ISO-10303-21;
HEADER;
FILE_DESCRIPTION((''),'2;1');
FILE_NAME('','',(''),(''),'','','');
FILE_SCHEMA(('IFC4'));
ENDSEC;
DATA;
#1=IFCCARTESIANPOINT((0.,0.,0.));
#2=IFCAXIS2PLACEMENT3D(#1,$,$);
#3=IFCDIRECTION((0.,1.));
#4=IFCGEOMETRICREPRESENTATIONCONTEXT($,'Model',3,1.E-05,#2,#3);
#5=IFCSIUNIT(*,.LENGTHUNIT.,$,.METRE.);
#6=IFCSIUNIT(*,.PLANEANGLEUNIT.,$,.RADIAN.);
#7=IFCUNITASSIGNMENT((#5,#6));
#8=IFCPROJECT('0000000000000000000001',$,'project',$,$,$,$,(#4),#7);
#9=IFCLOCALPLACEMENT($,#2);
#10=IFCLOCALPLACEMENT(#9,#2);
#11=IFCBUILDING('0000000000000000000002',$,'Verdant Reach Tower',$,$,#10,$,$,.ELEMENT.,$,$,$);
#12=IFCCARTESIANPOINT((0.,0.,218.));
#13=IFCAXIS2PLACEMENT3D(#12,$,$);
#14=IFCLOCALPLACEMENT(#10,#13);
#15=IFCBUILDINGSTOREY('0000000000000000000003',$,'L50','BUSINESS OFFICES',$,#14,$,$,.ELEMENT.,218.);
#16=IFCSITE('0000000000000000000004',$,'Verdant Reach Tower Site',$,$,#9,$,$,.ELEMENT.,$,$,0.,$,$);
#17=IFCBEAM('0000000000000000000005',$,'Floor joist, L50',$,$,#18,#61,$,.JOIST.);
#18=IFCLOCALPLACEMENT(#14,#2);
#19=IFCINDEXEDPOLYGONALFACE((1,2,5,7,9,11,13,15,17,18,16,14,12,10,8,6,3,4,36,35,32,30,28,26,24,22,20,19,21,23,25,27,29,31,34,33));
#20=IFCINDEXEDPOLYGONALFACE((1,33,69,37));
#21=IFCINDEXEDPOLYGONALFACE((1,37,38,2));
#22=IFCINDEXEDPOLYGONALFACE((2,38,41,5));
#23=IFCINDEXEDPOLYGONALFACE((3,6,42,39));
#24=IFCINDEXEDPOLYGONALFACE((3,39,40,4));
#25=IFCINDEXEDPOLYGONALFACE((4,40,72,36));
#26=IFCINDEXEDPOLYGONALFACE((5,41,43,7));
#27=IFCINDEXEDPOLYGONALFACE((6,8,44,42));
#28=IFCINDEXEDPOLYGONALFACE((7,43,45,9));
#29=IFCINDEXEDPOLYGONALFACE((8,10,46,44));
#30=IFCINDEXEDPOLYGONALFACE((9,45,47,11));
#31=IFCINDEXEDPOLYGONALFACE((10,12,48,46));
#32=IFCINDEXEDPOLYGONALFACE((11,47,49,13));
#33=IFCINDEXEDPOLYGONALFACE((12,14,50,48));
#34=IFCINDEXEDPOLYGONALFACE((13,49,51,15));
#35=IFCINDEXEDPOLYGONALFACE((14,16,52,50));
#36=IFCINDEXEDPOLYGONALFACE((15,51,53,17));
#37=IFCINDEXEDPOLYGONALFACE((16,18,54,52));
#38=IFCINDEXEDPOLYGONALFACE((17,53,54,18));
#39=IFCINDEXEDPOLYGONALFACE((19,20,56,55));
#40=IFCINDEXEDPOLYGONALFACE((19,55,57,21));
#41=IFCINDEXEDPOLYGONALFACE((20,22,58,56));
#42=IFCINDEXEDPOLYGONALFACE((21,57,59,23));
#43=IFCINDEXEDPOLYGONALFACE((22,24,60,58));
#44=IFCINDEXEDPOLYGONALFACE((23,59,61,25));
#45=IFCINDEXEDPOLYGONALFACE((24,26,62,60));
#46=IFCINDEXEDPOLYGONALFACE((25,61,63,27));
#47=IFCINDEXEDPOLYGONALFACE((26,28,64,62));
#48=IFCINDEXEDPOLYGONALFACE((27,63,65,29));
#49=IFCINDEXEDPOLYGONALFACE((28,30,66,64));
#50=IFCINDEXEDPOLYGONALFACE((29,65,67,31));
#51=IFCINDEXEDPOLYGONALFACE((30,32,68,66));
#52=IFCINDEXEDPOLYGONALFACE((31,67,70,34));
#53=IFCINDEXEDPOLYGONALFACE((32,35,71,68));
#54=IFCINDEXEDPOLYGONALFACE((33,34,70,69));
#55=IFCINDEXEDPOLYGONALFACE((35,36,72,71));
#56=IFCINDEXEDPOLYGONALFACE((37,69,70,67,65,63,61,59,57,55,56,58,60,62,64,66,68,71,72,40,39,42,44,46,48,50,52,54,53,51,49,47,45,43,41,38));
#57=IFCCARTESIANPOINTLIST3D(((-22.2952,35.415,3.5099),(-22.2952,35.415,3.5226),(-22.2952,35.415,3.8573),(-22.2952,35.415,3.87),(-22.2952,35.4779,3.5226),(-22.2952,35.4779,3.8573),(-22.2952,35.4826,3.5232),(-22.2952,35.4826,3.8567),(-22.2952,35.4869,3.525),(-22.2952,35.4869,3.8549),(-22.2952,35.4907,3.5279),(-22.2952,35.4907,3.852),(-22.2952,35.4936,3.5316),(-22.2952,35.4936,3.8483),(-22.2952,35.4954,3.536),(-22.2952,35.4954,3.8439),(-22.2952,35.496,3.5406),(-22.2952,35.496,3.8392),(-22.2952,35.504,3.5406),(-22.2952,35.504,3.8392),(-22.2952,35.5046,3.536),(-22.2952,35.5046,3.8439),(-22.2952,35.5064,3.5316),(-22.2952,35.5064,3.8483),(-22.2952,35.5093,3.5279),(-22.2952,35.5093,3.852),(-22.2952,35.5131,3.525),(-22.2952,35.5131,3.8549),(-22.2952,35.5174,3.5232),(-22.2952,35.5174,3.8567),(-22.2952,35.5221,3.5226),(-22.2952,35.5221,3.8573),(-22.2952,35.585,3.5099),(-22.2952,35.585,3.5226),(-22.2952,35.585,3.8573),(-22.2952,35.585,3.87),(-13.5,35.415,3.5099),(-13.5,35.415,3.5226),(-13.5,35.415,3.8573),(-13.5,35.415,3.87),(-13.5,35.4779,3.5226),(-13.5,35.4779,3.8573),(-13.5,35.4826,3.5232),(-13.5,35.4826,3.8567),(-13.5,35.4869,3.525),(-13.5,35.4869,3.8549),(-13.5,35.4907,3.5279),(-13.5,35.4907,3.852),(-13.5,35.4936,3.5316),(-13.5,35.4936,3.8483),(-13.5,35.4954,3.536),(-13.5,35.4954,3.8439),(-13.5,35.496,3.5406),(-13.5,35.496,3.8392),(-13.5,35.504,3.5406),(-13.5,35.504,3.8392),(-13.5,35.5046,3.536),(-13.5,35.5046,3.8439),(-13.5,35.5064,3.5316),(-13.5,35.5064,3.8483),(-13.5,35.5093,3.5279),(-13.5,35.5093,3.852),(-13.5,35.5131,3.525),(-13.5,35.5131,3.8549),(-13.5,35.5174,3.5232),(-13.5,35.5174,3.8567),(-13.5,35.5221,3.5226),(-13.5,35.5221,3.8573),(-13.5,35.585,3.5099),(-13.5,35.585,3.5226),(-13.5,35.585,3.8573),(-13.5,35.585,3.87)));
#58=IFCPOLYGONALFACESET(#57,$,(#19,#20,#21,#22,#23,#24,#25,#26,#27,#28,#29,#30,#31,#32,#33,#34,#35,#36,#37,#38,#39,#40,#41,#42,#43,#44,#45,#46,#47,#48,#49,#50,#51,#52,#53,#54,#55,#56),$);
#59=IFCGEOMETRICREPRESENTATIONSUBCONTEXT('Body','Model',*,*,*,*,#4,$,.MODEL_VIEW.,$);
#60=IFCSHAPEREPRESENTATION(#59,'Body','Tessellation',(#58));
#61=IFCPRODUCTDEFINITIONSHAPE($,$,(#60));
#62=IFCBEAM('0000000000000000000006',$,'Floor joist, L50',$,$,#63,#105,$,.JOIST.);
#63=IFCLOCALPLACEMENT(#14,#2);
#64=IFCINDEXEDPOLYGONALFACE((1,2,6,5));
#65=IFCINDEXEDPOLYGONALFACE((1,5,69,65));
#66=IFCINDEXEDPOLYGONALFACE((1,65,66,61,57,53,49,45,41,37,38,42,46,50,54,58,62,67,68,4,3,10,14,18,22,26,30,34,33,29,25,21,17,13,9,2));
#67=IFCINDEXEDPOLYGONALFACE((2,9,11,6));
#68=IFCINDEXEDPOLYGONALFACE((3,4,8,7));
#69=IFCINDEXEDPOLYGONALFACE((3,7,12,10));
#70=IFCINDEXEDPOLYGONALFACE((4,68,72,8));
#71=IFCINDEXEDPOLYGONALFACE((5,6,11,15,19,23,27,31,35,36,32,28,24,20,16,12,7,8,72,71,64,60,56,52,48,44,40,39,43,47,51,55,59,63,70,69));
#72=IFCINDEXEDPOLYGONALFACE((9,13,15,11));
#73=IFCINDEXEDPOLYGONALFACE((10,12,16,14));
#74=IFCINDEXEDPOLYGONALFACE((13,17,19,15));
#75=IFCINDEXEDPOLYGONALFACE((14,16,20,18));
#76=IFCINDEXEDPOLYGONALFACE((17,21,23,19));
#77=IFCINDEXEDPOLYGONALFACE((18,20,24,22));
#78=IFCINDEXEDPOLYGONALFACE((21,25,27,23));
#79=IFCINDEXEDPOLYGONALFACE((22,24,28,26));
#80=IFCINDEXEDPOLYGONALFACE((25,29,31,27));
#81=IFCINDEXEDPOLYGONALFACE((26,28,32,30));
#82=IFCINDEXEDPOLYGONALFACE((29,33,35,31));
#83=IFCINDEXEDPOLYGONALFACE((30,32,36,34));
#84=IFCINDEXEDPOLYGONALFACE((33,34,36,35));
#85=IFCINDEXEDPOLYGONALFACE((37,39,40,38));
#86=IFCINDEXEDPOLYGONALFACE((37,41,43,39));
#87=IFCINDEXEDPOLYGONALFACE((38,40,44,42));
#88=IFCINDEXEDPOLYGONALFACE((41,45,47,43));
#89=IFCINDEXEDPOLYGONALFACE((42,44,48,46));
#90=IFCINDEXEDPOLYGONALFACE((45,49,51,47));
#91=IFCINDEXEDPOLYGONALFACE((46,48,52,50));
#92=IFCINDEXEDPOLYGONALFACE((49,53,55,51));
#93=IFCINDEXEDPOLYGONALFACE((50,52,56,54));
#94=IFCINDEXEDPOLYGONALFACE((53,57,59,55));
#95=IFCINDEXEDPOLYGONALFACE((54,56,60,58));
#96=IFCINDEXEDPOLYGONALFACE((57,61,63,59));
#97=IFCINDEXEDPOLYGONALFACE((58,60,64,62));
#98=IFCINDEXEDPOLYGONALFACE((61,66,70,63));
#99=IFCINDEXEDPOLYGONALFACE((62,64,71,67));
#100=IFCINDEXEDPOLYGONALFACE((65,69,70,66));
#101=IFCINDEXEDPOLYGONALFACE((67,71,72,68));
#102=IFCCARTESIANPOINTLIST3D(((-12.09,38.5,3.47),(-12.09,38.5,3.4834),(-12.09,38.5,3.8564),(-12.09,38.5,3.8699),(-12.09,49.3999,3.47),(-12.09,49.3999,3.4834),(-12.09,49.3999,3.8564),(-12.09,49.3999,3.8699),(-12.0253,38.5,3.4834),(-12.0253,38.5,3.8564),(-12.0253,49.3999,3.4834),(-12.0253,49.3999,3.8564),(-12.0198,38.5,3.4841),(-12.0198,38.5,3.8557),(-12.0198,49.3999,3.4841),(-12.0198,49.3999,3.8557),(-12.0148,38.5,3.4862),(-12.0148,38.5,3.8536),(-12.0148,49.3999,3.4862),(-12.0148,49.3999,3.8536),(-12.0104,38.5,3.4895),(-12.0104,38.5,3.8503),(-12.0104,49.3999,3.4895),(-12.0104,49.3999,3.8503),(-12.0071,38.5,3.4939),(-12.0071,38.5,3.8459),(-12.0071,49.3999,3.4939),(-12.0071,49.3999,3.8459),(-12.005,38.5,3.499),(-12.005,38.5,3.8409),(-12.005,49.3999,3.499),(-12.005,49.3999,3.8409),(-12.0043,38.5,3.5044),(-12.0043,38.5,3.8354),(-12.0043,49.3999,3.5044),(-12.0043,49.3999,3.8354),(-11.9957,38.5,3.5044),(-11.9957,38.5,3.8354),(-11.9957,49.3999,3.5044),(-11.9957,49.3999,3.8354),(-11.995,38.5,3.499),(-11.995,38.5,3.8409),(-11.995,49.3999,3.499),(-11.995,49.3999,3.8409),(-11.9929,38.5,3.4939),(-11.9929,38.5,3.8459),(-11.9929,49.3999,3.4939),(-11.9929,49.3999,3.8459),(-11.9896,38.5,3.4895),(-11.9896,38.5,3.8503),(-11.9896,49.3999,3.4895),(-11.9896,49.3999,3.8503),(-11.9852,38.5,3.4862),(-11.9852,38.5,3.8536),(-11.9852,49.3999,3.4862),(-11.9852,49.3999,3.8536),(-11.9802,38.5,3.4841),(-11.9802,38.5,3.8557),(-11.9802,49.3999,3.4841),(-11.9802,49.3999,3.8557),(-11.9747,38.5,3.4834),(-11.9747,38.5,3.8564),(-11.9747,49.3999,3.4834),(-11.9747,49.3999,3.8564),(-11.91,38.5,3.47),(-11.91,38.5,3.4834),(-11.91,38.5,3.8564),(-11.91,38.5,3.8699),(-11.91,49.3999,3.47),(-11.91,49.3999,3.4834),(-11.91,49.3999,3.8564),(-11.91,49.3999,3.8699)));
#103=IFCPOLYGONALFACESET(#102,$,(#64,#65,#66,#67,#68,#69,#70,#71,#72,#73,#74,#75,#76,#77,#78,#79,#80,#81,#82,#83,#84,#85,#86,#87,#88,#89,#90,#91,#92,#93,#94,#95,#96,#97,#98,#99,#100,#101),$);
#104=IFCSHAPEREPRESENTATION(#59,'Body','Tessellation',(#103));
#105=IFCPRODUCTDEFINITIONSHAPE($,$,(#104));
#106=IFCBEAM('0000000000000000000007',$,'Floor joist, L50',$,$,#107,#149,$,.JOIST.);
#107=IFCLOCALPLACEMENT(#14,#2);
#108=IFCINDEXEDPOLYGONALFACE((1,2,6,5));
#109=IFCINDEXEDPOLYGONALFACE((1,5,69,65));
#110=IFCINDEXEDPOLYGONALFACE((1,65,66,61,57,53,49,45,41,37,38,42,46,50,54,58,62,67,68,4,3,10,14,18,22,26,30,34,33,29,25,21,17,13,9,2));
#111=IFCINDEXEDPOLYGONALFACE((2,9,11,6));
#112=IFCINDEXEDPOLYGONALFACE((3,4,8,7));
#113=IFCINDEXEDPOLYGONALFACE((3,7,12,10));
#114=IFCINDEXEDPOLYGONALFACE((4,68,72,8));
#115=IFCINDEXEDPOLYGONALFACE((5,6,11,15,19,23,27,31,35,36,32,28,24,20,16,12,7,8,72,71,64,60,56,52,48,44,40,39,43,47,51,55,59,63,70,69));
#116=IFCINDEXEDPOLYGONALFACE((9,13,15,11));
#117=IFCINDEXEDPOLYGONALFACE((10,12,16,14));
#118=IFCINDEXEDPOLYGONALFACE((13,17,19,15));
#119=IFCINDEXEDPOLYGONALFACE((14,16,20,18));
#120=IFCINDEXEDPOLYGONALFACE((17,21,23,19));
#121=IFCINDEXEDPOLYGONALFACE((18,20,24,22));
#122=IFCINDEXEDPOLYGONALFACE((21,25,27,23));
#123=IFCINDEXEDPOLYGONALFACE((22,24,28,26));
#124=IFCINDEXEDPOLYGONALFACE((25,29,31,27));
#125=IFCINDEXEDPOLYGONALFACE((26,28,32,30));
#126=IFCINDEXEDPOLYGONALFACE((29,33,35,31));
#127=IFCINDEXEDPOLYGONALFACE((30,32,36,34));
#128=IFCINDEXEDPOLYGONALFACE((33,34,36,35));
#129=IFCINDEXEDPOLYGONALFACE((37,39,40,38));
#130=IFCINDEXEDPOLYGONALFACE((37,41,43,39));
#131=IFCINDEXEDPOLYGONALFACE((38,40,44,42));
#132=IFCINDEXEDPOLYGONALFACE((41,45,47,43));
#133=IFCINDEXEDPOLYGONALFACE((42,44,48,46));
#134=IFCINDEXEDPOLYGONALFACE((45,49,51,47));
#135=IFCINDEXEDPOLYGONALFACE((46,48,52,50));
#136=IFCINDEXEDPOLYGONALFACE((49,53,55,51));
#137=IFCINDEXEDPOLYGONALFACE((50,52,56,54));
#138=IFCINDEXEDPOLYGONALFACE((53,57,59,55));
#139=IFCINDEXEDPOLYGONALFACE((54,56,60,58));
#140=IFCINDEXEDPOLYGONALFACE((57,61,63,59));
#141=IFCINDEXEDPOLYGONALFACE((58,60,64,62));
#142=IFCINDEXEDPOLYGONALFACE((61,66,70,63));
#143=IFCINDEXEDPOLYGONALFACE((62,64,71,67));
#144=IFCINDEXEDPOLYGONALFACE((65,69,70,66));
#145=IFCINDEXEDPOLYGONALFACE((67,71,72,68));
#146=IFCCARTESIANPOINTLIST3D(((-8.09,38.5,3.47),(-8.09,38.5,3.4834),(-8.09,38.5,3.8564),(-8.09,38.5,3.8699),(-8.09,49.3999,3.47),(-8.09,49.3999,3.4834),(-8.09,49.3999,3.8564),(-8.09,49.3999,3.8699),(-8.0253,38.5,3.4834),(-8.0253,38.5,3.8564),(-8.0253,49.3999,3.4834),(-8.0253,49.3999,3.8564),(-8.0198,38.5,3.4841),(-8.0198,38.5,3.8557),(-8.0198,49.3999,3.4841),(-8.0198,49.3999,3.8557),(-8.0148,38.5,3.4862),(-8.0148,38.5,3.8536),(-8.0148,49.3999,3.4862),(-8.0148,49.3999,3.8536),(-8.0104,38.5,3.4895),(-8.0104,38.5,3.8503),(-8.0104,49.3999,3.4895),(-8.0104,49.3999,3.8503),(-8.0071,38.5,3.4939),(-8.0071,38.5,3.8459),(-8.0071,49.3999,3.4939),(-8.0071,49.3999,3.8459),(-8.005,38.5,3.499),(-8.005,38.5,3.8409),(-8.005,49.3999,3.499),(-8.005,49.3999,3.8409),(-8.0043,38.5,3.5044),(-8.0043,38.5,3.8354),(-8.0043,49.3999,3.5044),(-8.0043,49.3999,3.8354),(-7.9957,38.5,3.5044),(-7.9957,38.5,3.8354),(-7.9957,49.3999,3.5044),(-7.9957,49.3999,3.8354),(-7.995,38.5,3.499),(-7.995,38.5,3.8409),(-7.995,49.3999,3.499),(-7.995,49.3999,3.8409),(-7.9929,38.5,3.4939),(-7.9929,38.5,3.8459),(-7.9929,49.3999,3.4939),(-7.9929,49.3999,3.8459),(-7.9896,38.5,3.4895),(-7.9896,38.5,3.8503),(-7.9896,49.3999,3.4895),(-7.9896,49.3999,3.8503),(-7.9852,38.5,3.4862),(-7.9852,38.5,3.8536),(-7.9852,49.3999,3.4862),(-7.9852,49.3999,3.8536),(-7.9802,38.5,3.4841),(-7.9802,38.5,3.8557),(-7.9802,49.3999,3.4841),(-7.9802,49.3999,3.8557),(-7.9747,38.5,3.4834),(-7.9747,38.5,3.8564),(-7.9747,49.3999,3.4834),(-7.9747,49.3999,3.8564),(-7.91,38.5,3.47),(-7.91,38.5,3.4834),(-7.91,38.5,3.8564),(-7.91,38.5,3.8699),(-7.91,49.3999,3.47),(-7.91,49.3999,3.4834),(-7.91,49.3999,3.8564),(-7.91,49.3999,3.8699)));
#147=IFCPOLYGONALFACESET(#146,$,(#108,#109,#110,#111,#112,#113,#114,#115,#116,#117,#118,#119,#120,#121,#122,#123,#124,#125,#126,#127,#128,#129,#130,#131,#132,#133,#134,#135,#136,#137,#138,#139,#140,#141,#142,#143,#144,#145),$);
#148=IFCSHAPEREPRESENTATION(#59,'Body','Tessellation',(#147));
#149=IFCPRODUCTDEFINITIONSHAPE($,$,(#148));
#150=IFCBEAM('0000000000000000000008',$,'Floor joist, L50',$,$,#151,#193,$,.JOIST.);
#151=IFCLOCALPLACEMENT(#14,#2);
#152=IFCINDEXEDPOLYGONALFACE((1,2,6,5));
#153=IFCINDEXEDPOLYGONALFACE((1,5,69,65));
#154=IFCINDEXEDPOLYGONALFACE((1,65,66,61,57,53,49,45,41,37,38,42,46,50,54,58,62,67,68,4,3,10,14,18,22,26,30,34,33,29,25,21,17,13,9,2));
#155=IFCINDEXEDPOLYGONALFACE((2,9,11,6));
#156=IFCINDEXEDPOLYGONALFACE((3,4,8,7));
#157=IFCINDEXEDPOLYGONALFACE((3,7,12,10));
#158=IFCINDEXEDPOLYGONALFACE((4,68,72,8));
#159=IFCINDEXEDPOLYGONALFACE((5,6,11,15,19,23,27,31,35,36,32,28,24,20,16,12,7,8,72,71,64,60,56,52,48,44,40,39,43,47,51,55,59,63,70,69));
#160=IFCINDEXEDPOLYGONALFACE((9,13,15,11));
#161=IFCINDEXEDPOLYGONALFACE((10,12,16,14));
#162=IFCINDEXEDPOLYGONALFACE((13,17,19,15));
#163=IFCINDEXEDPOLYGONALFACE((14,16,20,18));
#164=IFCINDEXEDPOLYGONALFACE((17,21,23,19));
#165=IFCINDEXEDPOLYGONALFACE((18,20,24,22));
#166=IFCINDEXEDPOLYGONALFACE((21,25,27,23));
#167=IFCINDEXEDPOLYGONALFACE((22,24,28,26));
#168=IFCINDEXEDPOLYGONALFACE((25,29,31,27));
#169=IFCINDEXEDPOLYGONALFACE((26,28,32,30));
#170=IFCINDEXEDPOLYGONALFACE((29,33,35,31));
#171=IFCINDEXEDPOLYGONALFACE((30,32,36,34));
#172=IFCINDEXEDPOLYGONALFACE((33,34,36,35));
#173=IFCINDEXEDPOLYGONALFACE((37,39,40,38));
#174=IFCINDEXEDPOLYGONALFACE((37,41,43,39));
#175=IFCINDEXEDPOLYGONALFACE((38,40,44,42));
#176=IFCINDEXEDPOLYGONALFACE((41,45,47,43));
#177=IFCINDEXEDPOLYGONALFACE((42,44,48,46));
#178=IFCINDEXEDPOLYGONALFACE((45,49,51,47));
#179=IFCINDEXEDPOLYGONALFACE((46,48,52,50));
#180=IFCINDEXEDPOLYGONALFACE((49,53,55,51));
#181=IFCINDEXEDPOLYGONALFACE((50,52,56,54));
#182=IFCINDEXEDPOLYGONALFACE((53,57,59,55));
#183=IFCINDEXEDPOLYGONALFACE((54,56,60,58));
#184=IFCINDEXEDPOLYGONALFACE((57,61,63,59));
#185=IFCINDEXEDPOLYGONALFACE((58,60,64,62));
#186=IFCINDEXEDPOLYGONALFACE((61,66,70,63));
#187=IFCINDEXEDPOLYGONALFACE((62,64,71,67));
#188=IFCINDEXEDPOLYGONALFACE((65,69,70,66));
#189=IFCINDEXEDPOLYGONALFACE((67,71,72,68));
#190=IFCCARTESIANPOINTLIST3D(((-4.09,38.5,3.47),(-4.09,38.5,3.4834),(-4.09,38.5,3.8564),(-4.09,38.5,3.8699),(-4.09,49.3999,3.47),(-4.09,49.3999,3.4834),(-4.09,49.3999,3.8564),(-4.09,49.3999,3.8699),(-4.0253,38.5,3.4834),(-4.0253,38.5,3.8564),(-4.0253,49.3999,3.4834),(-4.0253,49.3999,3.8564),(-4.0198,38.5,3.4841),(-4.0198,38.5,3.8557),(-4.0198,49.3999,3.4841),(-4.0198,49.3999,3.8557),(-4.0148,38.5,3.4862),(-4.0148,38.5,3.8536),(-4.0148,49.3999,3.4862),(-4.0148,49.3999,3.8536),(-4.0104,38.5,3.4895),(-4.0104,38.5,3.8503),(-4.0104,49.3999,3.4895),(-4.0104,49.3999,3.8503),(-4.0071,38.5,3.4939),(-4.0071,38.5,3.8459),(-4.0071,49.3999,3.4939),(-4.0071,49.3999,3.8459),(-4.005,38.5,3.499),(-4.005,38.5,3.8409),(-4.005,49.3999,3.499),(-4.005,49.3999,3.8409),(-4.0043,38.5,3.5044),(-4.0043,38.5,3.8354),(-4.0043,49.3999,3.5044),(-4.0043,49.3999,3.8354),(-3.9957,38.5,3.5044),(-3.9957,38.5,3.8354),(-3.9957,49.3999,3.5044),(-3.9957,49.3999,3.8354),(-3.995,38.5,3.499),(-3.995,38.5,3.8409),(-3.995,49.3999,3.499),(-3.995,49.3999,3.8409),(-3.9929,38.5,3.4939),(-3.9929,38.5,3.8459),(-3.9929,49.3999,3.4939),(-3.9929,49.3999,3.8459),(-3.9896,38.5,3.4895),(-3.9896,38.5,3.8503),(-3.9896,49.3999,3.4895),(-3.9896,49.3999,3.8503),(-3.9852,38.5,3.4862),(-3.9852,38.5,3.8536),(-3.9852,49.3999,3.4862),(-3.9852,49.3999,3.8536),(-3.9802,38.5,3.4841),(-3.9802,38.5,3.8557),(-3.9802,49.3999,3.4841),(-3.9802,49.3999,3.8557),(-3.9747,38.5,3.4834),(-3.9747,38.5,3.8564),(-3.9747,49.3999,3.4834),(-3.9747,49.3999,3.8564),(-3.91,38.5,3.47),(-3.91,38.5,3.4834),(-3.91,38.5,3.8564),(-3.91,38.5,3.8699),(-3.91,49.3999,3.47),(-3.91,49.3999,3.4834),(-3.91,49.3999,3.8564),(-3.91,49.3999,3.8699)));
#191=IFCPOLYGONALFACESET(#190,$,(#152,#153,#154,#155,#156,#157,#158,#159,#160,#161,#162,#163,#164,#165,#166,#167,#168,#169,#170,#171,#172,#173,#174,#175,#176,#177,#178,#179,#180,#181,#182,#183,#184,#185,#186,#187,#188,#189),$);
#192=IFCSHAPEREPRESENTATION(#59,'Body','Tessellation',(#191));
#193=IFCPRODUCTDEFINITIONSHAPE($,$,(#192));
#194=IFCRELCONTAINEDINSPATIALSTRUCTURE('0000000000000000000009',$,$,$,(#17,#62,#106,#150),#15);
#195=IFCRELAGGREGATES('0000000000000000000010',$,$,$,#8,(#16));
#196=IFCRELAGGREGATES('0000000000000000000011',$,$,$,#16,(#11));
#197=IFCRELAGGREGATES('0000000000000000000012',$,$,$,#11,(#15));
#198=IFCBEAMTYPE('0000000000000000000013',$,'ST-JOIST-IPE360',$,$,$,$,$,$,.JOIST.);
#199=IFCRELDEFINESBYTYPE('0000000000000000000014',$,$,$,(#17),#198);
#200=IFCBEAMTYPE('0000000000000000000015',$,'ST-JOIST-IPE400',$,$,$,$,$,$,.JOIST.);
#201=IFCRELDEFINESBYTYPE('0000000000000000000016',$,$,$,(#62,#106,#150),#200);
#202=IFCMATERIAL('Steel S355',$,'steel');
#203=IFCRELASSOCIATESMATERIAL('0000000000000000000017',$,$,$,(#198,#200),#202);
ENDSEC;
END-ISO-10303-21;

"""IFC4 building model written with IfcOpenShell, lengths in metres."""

from ifc_helpers import new_model, si_unit, direction, frame, origin, origin_2d, place, context, subcontext, project, spatial, i_section, extrude, material, material_profile, profile_set, type_object, element, save


model = new_model("IFC4")

# Units and contexts
model_context = context("Model", 3, precision=1e-05, world=origin(), true_north=direction((0.0, 1.0)))
body_context = subcontext(model_context, "Body", "Model", "MODEL_VIEW")
ifc_project = project(units=[si_unit("LENGTHUNIT", "METRE"), si_unit("PLANEANGLEUNIT", "RADIAN")], contexts=[model_context])

# Site, building, storey
site_placement = place(None, origin())
site = spatial("IfcSite", under=ifc_project, at=site_placement, Name="Verdant Reach Tower Site", CompositionType="ELEMENT", RefElevation=0.0)
building_placement = place(site_placement, origin())
building = spatial("IfcBuilding", under=site, at=building_placement, Name="Verdant Reach Tower", CompositionType="ELEMENT")
storey_placement = place(building_placement, frame((0.0, 0.0, 218.0)))
storey = spatial("IfcBuildingStorey", under=building, at=storey_placement, Name="L50", Description="BUSINESS OFFICES", CompositionType="ELEMENT", Elevation=218.0)

# Beams
ifc_material_1 = material(Name="Steel S355", Category="steel")
ifc_material_profile_1 = material_profile(ifc_material_1, i_section(OverallWidth=0.1699, OverallDepth=0.3601, WebThickness=0.0081, FlangeThickness=0.0127, FilletRadius=0.0181, at=origin_2d()), Name="IPE 360")
ifc_profile_set_1 = profile_set([ifc_material_profile_1], Name="Steel S355")
beam_type_1 = type_object("IfcBeamType", Name="ST-JOIST-IPE360", PredefinedType="JOIST", material=ifc_profile_set_1)
beam_1_placement = place(storey_placement, frame((-13.5, 35.5, 3.6899), z_axis=(-1.0, 0.0, 0.0), x_axis=(0.0, -1.0, 0.0)))
element("IfcBeam", 1, at=beam_1_placement, inside=storey, type_object=beam_type_1, Name="Floor joist, L50", PredefinedType="JOIST", context=body_context, shape_type="SweptSolid", body=[
    extrude(i_section(OverallWidth=0.1699, OverallDepth=0.3601, WebThickness=0.0081, FlangeThickness=0.0127, FilletRadius=0.0181, at=origin_2d()), origin(), (0.0, 0.0, 1.0), 8.7952),
])
ifc_material_profile_2 = material_profile(ifc_material_1, i_section(OverallWidth=0.1799, OverallDepth=0.3999, WebThickness=0.0085, FlangeThickness=0.0134, FilletRadius=0.021, at=origin_2d()), Name="IPE 400")
ifc_profile_set_2 = profile_set([ifc_material_profile_2], Name="Steel S355")
beam_type_2 = type_object("IfcBeamType", Name="ST-JOIST-IPE400", PredefinedType="JOIST", material=ifc_profile_set_2)
for number, where, z_axis, x_axis, name in (
    (2, (-12.0, 38.5, 3.6699), (0.0, 1.0, 0.0), (-1.0, 0.0, 0.0), "Floor joist, L50"),
    (3, (-8.0, 38.5, 3.6699), (0.0, 1.0, 0.0), (-1.0, 0.0, 0.0), "Floor joist, L50"),
    (4, (-4.0, 38.5, 3.6699), (0.0, 1.0, 0.0), (-1.0, 0.0, 0.0), "Floor joist, L50"),
):
    element("IfcBeam", number, at=place(storey_placement, frame(where, z_axis=z_axis, x_axis=x_axis)), inside=storey, type_object=beam_type_2, Name=name, PredefinedType="JOIST", context=body_context, shape_type="SweptSolid", body=[
        extrude(i_section(OverallWidth=0.1799, OverallDepth=0.3999, WebThickness=0.0085, FlangeThickness=0.0134, FilletRadius=0.021, at=origin_2d()), origin(), (0.0, 0.0, 1.0), 10.8999),
    ])

save(model, "model.ifc")
